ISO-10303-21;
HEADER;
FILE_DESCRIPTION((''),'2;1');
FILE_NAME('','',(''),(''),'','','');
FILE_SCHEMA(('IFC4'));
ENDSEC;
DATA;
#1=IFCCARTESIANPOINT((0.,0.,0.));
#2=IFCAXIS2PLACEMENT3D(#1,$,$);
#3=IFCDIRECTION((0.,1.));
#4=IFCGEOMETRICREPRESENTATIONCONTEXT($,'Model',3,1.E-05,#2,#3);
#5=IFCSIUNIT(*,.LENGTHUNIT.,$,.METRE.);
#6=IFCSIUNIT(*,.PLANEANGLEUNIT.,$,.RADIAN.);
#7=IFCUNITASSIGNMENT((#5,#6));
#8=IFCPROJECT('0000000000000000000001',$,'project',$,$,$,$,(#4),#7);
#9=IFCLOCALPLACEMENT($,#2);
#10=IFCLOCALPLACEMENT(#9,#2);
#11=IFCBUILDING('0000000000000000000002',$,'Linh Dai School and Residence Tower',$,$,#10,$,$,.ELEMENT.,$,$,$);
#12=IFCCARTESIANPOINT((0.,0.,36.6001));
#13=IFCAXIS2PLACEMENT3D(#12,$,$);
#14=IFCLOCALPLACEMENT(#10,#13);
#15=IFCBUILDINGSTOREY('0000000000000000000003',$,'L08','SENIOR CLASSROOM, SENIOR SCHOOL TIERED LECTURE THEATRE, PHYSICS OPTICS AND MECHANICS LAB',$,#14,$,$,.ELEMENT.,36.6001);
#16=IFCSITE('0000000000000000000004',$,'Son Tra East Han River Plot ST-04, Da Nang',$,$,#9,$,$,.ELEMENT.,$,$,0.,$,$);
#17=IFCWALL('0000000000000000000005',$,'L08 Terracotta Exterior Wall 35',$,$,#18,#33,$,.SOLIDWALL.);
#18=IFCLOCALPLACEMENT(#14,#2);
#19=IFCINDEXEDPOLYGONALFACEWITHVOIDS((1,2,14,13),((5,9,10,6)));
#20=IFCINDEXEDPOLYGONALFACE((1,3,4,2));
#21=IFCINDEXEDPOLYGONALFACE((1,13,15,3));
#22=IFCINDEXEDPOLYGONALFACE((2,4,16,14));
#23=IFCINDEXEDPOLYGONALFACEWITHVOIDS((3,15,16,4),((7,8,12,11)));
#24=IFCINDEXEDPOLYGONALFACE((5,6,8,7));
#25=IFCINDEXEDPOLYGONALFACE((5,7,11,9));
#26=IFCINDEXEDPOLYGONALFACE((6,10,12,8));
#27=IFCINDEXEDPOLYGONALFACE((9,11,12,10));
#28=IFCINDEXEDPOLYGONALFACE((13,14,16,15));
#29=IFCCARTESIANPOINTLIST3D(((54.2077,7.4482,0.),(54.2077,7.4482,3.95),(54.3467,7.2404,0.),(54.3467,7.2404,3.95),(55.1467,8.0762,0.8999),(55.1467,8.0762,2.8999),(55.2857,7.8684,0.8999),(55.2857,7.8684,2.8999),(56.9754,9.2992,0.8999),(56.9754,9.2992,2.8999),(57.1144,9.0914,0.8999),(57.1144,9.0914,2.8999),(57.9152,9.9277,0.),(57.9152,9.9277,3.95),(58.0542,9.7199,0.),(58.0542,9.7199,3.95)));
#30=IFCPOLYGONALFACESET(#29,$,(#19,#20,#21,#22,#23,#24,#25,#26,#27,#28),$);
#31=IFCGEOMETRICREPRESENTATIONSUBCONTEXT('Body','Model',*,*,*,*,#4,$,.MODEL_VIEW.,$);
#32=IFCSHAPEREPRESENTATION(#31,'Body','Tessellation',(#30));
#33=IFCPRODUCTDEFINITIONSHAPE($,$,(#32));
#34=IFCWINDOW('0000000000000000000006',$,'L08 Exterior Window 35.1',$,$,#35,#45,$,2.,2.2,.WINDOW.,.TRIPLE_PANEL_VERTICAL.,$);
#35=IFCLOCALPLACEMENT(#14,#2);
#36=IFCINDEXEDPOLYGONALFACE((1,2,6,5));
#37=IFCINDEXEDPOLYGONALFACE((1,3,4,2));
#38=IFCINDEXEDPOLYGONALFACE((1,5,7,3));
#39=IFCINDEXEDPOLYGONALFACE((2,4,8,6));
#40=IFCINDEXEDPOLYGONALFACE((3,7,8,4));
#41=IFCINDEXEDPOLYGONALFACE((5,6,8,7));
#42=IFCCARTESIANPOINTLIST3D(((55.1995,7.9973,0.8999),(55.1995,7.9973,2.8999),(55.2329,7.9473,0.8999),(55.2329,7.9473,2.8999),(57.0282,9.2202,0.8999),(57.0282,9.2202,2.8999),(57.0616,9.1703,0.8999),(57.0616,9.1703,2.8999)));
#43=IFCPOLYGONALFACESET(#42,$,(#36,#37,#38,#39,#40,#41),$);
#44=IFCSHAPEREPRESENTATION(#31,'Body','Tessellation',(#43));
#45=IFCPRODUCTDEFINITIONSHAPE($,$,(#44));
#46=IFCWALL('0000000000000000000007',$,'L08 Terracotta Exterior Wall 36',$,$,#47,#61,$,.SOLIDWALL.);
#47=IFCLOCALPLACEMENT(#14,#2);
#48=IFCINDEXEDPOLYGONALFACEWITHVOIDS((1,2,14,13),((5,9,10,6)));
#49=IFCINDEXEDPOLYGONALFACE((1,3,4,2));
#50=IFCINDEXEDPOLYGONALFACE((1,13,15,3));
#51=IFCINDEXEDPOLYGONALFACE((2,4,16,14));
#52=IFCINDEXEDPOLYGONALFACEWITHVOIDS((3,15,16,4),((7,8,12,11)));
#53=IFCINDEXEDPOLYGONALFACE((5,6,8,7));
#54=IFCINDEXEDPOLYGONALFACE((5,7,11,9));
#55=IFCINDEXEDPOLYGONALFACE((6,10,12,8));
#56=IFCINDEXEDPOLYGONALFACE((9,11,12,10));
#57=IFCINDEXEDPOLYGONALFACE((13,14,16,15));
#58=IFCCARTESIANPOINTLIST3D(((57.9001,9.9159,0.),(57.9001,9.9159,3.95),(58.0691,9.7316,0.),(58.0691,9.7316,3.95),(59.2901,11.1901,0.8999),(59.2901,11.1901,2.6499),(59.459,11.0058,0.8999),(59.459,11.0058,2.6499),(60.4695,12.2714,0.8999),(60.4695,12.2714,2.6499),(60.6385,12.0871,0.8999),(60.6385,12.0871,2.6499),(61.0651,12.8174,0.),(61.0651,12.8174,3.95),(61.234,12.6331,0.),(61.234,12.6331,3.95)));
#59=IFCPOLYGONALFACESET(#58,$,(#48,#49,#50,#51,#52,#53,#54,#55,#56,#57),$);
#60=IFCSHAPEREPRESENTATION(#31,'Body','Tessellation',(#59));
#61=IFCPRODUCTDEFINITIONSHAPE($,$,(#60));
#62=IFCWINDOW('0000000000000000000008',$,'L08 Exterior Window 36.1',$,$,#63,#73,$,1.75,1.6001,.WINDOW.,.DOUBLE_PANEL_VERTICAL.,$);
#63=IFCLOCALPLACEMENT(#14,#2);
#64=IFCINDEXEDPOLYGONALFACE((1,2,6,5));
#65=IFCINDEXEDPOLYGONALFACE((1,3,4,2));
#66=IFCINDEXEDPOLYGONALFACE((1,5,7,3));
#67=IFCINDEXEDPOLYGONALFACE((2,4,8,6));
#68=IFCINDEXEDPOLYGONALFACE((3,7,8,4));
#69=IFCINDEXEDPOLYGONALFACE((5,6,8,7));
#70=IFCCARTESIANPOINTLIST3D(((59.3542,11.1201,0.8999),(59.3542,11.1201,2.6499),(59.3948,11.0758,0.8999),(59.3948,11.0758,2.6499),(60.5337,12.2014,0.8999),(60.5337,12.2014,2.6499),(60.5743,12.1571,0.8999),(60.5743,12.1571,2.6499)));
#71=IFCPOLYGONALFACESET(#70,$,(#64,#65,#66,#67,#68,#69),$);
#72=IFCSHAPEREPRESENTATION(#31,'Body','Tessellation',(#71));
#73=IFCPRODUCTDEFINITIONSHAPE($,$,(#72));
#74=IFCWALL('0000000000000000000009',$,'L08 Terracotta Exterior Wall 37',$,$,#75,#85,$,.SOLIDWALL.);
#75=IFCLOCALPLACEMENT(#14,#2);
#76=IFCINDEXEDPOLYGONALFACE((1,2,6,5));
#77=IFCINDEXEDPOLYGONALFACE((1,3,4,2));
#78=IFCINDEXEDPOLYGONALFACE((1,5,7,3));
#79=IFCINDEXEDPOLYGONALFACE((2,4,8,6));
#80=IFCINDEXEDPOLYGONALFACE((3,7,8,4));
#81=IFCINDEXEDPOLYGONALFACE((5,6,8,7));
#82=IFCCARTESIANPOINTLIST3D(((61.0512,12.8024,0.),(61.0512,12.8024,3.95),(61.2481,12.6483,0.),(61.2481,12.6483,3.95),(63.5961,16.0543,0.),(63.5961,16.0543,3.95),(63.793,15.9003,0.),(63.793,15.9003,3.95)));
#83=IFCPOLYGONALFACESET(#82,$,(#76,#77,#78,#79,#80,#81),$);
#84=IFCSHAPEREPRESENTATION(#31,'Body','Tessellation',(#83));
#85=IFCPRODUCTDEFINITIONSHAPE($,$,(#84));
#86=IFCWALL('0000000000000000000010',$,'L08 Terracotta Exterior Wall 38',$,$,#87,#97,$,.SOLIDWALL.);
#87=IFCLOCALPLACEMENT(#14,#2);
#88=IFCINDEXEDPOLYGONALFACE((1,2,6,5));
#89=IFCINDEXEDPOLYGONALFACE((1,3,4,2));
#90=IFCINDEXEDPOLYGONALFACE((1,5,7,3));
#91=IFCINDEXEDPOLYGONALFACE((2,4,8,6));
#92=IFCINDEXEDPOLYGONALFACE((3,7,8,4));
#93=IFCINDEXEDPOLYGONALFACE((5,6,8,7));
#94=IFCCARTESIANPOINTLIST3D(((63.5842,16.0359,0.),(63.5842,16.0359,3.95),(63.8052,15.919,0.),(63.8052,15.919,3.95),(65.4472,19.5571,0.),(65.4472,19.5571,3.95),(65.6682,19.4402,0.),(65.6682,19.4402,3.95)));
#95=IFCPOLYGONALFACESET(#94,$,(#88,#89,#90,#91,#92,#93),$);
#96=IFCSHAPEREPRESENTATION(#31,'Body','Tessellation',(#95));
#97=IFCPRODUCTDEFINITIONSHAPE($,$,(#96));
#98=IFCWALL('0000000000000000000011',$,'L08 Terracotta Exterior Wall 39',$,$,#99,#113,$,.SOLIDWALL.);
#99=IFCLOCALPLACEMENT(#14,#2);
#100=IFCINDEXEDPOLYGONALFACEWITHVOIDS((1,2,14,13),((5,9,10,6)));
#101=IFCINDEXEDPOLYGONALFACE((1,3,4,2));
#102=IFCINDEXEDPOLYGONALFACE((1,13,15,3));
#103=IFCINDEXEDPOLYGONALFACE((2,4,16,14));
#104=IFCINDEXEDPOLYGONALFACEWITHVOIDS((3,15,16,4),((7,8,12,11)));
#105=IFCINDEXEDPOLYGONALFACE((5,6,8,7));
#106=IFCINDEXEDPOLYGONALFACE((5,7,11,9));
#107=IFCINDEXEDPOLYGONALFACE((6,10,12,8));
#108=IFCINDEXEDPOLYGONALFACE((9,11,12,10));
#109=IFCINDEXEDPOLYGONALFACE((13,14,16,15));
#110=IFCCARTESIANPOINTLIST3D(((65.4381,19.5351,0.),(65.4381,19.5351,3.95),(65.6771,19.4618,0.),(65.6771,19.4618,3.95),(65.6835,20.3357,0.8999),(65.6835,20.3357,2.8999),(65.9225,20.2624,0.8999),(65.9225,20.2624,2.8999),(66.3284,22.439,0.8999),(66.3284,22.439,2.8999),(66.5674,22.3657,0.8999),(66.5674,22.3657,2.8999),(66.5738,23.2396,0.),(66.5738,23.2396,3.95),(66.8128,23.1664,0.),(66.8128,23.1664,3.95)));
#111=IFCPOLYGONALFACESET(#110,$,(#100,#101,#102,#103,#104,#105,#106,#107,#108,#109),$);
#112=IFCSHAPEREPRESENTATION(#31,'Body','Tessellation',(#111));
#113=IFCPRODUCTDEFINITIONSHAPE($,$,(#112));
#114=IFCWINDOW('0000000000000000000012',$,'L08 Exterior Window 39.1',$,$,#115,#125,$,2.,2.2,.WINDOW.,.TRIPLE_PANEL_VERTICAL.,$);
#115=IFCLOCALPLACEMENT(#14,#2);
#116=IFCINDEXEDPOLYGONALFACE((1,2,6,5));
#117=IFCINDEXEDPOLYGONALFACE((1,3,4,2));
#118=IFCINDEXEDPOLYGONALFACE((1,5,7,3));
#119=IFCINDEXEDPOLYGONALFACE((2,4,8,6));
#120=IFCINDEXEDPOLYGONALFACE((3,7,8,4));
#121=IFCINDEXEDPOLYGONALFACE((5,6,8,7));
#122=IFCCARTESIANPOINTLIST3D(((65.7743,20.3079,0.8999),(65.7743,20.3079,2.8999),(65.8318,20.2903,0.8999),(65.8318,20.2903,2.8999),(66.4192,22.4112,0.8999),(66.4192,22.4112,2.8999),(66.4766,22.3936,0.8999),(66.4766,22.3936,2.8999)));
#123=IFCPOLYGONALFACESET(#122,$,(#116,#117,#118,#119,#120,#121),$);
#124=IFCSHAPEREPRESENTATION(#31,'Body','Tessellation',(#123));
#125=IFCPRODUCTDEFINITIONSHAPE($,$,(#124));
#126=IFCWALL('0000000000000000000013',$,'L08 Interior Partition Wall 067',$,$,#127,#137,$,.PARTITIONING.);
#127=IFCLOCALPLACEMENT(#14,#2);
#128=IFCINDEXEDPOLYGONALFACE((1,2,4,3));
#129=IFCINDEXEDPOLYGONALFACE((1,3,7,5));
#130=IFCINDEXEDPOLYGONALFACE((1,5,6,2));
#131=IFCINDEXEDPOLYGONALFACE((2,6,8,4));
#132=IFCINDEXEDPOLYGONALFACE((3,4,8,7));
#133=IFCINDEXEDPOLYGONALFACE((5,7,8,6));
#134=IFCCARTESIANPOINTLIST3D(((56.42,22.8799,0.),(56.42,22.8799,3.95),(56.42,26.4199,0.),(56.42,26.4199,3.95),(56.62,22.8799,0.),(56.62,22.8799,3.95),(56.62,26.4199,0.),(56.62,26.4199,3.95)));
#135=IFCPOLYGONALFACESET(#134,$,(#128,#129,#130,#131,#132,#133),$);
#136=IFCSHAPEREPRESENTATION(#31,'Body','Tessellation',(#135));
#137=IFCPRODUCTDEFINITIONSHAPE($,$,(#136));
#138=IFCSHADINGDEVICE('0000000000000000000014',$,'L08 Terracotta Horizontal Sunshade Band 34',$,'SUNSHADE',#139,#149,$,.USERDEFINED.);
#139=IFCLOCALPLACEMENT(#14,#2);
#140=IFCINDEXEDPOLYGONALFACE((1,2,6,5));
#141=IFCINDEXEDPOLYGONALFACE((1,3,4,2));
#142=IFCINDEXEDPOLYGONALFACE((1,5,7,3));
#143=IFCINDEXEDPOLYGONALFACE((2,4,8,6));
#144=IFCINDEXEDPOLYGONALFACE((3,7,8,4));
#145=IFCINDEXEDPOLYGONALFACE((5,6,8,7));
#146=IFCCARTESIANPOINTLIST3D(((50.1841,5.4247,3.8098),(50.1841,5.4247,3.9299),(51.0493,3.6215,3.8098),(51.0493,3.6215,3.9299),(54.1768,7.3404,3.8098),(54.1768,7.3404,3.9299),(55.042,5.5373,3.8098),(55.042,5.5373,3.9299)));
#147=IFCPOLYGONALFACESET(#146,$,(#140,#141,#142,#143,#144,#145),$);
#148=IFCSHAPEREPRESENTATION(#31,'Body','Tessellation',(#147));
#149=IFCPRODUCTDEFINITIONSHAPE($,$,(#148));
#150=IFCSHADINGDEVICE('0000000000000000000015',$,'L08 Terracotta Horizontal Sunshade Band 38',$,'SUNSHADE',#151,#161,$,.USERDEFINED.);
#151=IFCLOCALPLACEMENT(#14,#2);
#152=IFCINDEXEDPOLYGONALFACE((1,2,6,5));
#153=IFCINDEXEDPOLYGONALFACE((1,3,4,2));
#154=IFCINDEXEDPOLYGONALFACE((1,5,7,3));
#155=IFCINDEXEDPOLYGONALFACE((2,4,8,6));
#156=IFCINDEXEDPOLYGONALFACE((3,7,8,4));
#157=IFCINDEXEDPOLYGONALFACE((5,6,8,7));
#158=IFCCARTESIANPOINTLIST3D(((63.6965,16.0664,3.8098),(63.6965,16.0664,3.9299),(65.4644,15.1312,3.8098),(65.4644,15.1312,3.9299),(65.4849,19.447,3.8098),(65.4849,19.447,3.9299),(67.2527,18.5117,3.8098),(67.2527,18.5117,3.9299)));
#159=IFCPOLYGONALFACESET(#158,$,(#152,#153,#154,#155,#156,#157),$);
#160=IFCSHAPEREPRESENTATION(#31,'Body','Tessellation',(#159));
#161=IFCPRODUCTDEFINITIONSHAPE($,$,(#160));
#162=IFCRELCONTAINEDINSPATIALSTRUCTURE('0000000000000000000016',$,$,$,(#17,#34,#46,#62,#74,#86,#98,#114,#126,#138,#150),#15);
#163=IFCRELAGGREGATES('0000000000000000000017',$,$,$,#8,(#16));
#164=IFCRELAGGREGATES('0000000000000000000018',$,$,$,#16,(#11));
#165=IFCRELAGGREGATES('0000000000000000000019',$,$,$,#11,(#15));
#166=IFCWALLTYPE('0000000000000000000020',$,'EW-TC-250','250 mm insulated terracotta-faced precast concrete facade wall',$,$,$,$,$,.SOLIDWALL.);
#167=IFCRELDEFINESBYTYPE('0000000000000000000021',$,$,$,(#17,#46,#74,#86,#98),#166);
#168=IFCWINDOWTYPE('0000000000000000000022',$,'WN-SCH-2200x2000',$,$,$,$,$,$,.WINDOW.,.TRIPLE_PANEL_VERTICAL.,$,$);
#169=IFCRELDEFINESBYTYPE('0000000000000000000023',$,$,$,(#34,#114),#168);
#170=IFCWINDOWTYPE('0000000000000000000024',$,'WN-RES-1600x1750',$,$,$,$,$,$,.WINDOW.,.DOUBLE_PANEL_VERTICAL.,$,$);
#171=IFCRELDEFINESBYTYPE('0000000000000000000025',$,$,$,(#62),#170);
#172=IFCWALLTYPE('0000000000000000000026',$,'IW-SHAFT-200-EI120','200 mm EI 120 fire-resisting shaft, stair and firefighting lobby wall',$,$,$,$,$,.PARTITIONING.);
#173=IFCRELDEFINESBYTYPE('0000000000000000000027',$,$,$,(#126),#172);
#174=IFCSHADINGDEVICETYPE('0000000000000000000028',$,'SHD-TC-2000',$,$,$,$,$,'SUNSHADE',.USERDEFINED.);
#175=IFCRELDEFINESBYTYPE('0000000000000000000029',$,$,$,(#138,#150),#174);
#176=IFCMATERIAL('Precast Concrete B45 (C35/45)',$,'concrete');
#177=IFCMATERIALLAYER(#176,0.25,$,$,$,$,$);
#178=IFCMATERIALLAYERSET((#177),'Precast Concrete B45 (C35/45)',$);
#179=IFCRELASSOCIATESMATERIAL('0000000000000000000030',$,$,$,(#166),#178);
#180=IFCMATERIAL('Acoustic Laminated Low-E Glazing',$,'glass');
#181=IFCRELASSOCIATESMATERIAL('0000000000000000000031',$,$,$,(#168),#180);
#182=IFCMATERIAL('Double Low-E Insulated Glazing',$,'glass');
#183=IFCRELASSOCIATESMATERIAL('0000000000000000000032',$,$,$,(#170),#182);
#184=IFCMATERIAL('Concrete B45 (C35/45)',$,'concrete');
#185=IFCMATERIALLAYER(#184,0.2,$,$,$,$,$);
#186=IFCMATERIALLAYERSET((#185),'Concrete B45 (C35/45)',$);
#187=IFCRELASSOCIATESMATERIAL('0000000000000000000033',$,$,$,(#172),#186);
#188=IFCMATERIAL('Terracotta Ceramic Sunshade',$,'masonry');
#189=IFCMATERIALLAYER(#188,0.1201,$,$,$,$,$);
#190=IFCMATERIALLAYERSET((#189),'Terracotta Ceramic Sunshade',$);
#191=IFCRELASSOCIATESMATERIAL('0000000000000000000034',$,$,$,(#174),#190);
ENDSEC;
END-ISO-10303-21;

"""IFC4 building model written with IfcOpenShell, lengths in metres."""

from ifc_helpers import new_model, si_unit, direction, frame, frame_2d, origin, origin_2d, place, context, subcontext, project, spatial, rectangle, extrude, source, transform, mapped, material, layer, layer_set, type_object, element, fill, save


model = new_model("IFC4")

# Units and contexts
model_context = context("Model", 3, precision=1e-05, world=origin(), true_north=direction((0.0, 1.0)))
body_context = subcontext(model_context, "Body", "Model", "MODEL_VIEW")
ifc_project = project(units=[si_unit("LENGTHUNIT", "METRE"), si_unit("PLANEANGLEUNIT", "RADIAN")], contexts=[model_context])

# Site, building, storey
site_placement = place(None, origin())
site = spatial("IfcSite", under=ifc_project, at=site_placement, Name="Son Tra East Han River Plot ST-04, Da Nang", CompositionType="ELEMENT", RefElevation=0.0)
building_placement = place(site_placement, origin())
building = spatial("IfcBuilding", under=site, at=building_placement, Name="Linh Dai School and Residence Tower", CompositionType="ELEMENT")
storey_placement = place(building_placement, frame((0.0, 0.0, 36.6001)))
storey = spatial("IfcBuildingStorey", under=building, at=storey_placement, Name="L08", Description="SENIOR CLASSROOM, SENIOR SCHOOL TIERED LECTURE THEATRE, PHYSICS OPTICS AND MECHANICS LAB", CompositionType="ELEMENT", Elevation=36.6001)

# Shared definitions
ifc_material_1 = material(Name="Precast Concrete B45 (C35/45)", Category="concrete")

# Walls, openings, windows
ifc_layer_1 = layer(ifc_material_1, 0.25)
ifc_layer_set_1 = layer_set([ifc_layer_1], Name="Precast Concrete B45 (C35/45)")
wall_type_1 = type_object("IfcWallType", Name="EW-TC-250", Description="250 mm insulated terracotta-faced precast concrete facade wall", PredefinedType="SOLIDWALL", material=ifc_layer_set_1)
ifc_material_2 = material(Name="Double Low-E Insulated Glazing", Category="glass")
wall_1_placement = place(storey_placement, frame((57.9846, 9.8237, 0.0), z_axis=(0.0, 0.0, 1.0), x_axis=(-0.831241, -0.555912, 0.0)))
wall_1 = element("IfcWall", 1, at=wall_1_placement, inside=storey, type_object=wall_type_1, Name="L08 Terracotta Exterior Wall 35", PredefinedType="SOLIDWALL", context=body_context, shape_type="SweptSolid", body=[
    extrude(rectangle(XDim=4.4602, YDim=0.25, at=frame_2d((2.23, 0.0))), origin(), (0.0, 0.0, 1.0), 3.95),
])
opening_1_placement = place(wall_1_placement, frame((1.1304, 0.0, 0.8999)))
opening_1 = element("IfcOpeningElement", 2, at=opening_1_placement, cuts=wall_1, PredefinedType="OPENING", context=body_context, shape_type="SweptSolid", body=[
    extrude(rectangle(XDim=2.2, YDim=2.0, at=origin_2d()), frame((1.1001, 0.135, 1.0), z_axis=(0.0, -1.0, 0.0), x_axis=(1.0, 0.0, 0.0)), (0.0, 0.0, 1.0), 0.27),
])
ifc_material_3 = material(Name="Acoustic Laminated Low-E Glazing", Category="glass")
window_type_1 = type_object("IfcWindowType", Name="WN-SCH-2200x2000", PartitioningType="TRIPLE_PANEL_VERTICAL", PredefinedType="WINDOW", material=ifc_material_3)
shared_shape_1 = source(origin(), body_context, "Body", "SweptSolid", [
    extrude(rectangle(XDim=2.2, YDim=2.0, at=origin_2d()), frame((1.1001, 0.03, 1.0), z_axis=(0.0, -1.0, 0.0), x_axis=(1.0, 0.0, 0.0)), (0.0, 0.0, 1.0), 0.0601),
])
window_1_placement = place(opening_1_placement, origin())
window_1 = element("IfcWindow", 3, at=window_1_placement, inside=storey, type_object=window_type_1, Name="L08 Exterior Window 35.1", OverallHeight=2.0, OverallWidth=2.2, PartitioningType="TRIPLE_PANEL_VERTICAL", PredefinedType="WINDOW", context=body_context, shape_type="MappedRepresentation", body=[
    mapped(shared_shape_1, transform((0.0, 0.0, 0.0), x_axis=(1.0, 0.0, 0.0), y_axis=(0.0, 1.0, 0.0), z_axis=(0.0, 0.0, 1.0), scale=1.0)),
])
fill(opening_1, window_1)
wall_2_placement = place(storey_placement, frame((61.1497, 12.7253, 0.0), z_axis=(0.0, 0.0, 1.0), x_axis=(-0.737116, -0.675766, 0.0)))
wall_2 = element("IfcWall", 4, at=wall_2_placement, inside=storey, type_object=wall_type_1, Name="L08 Terracotta Exterior Wall 36", PredefinedType="SOLIDWALL", context=body_context, shape_type="SweptSolid", body=[
    extrude(rectangle(XDim=4.2937, YDim=0.25, at=frame_2d((2.147, 0.0))), origin(), (0.0, 0.0, 1.0), 3.95),
])
opening_2_placement = place(wall_2_placement, frame((0.8081, 0.0, 0.8999)))
opening_2 = element("IfcOpeningElement", 5, at=opening_2_placement, cuts=wall_2, PredefinedType="OPENING", context=body_context, shape_type="SweptSolid", body=[
    extrude(rectangle(XDim=1.6001, YDim=1.75, at=origin_2d()), frame((0.8, 0.135, 0.875), z_axis=(0.0, -1.0, 0.0), x_axis=(1.0, 0.0, 0.0)), (0.0, 0.0, 1.0), 0.27),
])
window_type_2 = type_object("IfcWindowType", Name="WN-RES-1600x1750", PartitioningType="DOUBLE_PANEL_VERTICAL", PredefinedType="WINDOW", material=ifc_material_2)
shared_shape_2 = source(origin(), body_context, "Body", "SweptSolid", [
    extrude(rectangle(XDim=1.6001, YDim=1.75, at=origin_2d()), frame((0.8, 0.03, 0.875), z_axis=(0.0, -1.0, 0.0), x_axis=(1.0, 0.0, 0.0)), (0.0, 0.0, 1.0), 0.0601),
])
window_2_placement = place(opening_2_placement, origin())
window_2 = element("IfcWindow", 6, at=window_2_placement, inside=storey, type_object=window_type_2, Name="L08 Exterior Window 36.1", OverallHeight=1.75, OverallWidth=1.6001, PartitioningType="DOUBLE_PANEL_VERTICAL", PredefinedType="WINDOW", context=body_context, shape_type="MappedRepresentation", body=[
    mapped(shared_shape_2, transform((0.0, 0.0, 0.0), x_axis=(1.0, 0.0, 0.0), y_axis=(0.0, 1.0, 0.0), z_axis=(0.0, 0.0, 1.0), scale=1.0)),
])
fill(opening_2, window_2)

# Walls
wall_3_placement = place(storey_placement, frame((63.6946, 15.9773, 0.0), z_axis=(0.0, 0.0, 1.0), x_axis=(-0.616296, -0.787515, 0.0)))
element("IfcWall", 7, at=wall_3_placement, inside=storey, type_object=wall_type_1, Name="L08 Terracotta Exterior Wall 37", PredefinedType="SOLIDWALL", context=body_context, shape_type="SweptSolid", body=[
    extrude(rectangle(XDim=4.1294, YDim=0.25, at=frame_2d((2.0647, 0.0))), origin(), (0.0, 0.0, 1.0), 3.95),
])
wall_4_placement = place(storey_placement, frame((65.5576, 19.4985, 0.0), z_axis=(0.0, 0.0, 1.0), x_axis=(-0.467662, -0.883907, 0.0)))
element("IfcWall", 8, at=wall_4_placement, inside=storey, type_object=wall_type_1, Name="L08 Terracotta Exterior Wall 38", PredefinedType="SOLIDWALL", context=body_context, shape_type="SweptSolid", body=[
    extrude(rectangle(XDim=3.9836, YDim=0.25, at=frame_2d((1.9917, 0.0))), origin(), (0.0, 0.0, 1.0), 3.95),
])

# Wall, opening, window
wall_5_placement = place(storey_placement, frame((66.6934, 23.2031, 0.0), z_axis=(0.0, 0.0, 1.0), x_axis=(-0.293112, -0.956078, 0.0)))
wall_5 = element("IfcWall", 9, at=wall_5_placement, inside=storey, type_object=wall_type_1, Name="L08 Terracotta Exterior Wall 39", PredefinedType="SOLIDWALL", context=body_context, shape_type="SweptSolid", body=[
    extrude(rectangle(XDim=3.8748, YDim=0.25, at=frame_2d((1.9375, 0.0))), origin(), (0.0, 0.0, 1.0), 3.95),
])
opening_3_placement = place(wall_5_placement, frame((0.8374, 0.0, 0.8999)))
opening_3 = element("IfcOpeningElement", 10, at=opening_3_placement, cuts=wall_5, PredefinedType="OPENING", context=body_context, shape_type="SweptSolid", body=[
    extrude(rectangle(XDim=2.2, YDim=2.0, at=origin_2d()), frame((1.1001, 0.135, 1.0), z_axis=(0.0, -1.0, 0.0), x_axis=(1.0, 0.0, 0.0)), (0.0, 0.0, 1.0), 0.27),
])
window_3_placement = place(opening_3_placement, origin())
window_3 = element("IfcWindow", 11, at=window_3_placement, inside=storey, type_object=window_type_1, Name="L08 Exterior Window 39.1", OverallHeight=2.0, OverallWidth=2.2, PartitioningType="TRIPLE_PANEL_VERTICAL", PredefinedType="WINDOW", context=body_context, shape_type="MappedRepresentation", body=[
    mapped(shared_shape_1, transform((0.0, 0.0, 0.0), x_axis=(1.0, 0.0, 0.0), y_axis=(0.0, 1.0, 0.0), z_axis=(0.0, 0.0, 1.0), scale=1.0)),
])
fill(opening_3, window_3)

# Wall
ifc_material_4 = material(Name="Concrete B45 (C35/45)", Category="concrete")
ifc_layer_2 = layer(ifc_material_4, 0.2)
ifc_layer_set_2 = layer_set([ifc_layer_2], Name="Concrete B45 (C35/45)")
wall_type_2 = type_object("IfcWallType", Name="IW-SHAFT-200-EI120", Description="200 mm EI 120 fire-resisting shaft, stair and firefighting lobby wall", PredefinedType="PARTITIONING", material=ifc_layer_set_2)
wall_6_placement = place(storey_placement, frame((56.52, 22.8799, 0.0), z_axis=(0.0, 0.0, 1.0), x_axis=(0.0, 1.0, 0.0)))
element("IfcWall", 12, at=wall_6_placement, inside=storey, type_object=wall_type_2, Name="L08 Interior Partition Wall 067", PredefinedType="PARTITIONING", context=body_context, shape_type="SweptSolid", body=[
    extrude(rectangle(XDim=3.54, YDim=0.2, at=frame_2d((1.77, 0.0))), origin(), (0.0, 0.0, 1.0), 3.95),
])

# Shading devices
ifc_material_5 = material(Name="Terracotta Ceramic Sunshade", Category="masonry")
ifc_layer_3 = layer(ifc_material_5, 0.1201)
ifc_layer_set_3 = layer_set([ifc_layer_3], Name="Terracotta Ceramic Sunshade")
shading_device_type = type_object("IfcShadingDeviceType", Name="SHD-TC-2000", ElementType="SUNSHADE", PredefinedType="USERDEFINED", material=ifc_layer_set_3)
shared_shape_3 = source(origin(), body_context, "Body", "SweptSolid", [
    extrude(rectangle(XDim=4.4285, YDim=2.0, at=origin_2d()), origin(), (0.0, 0.0, 1.0), 0.1201),
])
shading_device_1_placement = place(storey_placement, frame((52.613, 5.481, 3.8098), z_axis=(0.0, 0.0, 1.0), x_axis=(-0.901585, -0.432603, 0.0)))
element("IfcShadingDevice", 13, at=shading_device_1_placement, inside=storey, type_object=shading_device_type, Name="L08 Terracotta Horizontal Sunshade Band 34", ObjectType="SUNSHADE", PredefinedType="USERDEFINED", context=body_context, shape_type="MappedRepresentation", body=[
    mapped(shared_shape_3, transform((0.0, 0.0, 0.0), x_axis=(1.0, 0.0, 0.0), y_axis=(0.0, 1.0, 0.0), z_axis=(0.0, 0.0, 1.0), scale=1.0)),
])
shared_shape_4 = source(origin(), body_context, "Body", "SweptSolid", [
    extrude(rectangle(XDim=3.8245, YDim=2.0, at=origin_2d()), origin(), (0.0, 0.0, 1.0), 0.1201),
])
shading_device_2_placement = place(storey_placement, frame((65.4746, 17.2891, 3.8098), z_axis=(0.0, 0.0, 1.0), x_axis=(-0.467612, -0.883934, 0.0)))
element("IfcShadingDevice", 14, at=shading_device_2_placement, inside=storey, type_object=shading_device_type, Name="L08 Terracotta Horizontal Sunshade Band 38", ObjectType="SUNSHADE", PredefinedType="USERDEFINED", context=body_context, shape_type="MappedRepresentation", body=[
    mapped(shared_shape_4, transform((0.0, 0.0, 0.0), x_axis=(1.0, 0.0, 0.0), y_axis=(0.0, 1.0, 0.0), z_axis=(0.0, 0.0, 1.0), scale=1.0)),
])

save(model, "model.ifc")
